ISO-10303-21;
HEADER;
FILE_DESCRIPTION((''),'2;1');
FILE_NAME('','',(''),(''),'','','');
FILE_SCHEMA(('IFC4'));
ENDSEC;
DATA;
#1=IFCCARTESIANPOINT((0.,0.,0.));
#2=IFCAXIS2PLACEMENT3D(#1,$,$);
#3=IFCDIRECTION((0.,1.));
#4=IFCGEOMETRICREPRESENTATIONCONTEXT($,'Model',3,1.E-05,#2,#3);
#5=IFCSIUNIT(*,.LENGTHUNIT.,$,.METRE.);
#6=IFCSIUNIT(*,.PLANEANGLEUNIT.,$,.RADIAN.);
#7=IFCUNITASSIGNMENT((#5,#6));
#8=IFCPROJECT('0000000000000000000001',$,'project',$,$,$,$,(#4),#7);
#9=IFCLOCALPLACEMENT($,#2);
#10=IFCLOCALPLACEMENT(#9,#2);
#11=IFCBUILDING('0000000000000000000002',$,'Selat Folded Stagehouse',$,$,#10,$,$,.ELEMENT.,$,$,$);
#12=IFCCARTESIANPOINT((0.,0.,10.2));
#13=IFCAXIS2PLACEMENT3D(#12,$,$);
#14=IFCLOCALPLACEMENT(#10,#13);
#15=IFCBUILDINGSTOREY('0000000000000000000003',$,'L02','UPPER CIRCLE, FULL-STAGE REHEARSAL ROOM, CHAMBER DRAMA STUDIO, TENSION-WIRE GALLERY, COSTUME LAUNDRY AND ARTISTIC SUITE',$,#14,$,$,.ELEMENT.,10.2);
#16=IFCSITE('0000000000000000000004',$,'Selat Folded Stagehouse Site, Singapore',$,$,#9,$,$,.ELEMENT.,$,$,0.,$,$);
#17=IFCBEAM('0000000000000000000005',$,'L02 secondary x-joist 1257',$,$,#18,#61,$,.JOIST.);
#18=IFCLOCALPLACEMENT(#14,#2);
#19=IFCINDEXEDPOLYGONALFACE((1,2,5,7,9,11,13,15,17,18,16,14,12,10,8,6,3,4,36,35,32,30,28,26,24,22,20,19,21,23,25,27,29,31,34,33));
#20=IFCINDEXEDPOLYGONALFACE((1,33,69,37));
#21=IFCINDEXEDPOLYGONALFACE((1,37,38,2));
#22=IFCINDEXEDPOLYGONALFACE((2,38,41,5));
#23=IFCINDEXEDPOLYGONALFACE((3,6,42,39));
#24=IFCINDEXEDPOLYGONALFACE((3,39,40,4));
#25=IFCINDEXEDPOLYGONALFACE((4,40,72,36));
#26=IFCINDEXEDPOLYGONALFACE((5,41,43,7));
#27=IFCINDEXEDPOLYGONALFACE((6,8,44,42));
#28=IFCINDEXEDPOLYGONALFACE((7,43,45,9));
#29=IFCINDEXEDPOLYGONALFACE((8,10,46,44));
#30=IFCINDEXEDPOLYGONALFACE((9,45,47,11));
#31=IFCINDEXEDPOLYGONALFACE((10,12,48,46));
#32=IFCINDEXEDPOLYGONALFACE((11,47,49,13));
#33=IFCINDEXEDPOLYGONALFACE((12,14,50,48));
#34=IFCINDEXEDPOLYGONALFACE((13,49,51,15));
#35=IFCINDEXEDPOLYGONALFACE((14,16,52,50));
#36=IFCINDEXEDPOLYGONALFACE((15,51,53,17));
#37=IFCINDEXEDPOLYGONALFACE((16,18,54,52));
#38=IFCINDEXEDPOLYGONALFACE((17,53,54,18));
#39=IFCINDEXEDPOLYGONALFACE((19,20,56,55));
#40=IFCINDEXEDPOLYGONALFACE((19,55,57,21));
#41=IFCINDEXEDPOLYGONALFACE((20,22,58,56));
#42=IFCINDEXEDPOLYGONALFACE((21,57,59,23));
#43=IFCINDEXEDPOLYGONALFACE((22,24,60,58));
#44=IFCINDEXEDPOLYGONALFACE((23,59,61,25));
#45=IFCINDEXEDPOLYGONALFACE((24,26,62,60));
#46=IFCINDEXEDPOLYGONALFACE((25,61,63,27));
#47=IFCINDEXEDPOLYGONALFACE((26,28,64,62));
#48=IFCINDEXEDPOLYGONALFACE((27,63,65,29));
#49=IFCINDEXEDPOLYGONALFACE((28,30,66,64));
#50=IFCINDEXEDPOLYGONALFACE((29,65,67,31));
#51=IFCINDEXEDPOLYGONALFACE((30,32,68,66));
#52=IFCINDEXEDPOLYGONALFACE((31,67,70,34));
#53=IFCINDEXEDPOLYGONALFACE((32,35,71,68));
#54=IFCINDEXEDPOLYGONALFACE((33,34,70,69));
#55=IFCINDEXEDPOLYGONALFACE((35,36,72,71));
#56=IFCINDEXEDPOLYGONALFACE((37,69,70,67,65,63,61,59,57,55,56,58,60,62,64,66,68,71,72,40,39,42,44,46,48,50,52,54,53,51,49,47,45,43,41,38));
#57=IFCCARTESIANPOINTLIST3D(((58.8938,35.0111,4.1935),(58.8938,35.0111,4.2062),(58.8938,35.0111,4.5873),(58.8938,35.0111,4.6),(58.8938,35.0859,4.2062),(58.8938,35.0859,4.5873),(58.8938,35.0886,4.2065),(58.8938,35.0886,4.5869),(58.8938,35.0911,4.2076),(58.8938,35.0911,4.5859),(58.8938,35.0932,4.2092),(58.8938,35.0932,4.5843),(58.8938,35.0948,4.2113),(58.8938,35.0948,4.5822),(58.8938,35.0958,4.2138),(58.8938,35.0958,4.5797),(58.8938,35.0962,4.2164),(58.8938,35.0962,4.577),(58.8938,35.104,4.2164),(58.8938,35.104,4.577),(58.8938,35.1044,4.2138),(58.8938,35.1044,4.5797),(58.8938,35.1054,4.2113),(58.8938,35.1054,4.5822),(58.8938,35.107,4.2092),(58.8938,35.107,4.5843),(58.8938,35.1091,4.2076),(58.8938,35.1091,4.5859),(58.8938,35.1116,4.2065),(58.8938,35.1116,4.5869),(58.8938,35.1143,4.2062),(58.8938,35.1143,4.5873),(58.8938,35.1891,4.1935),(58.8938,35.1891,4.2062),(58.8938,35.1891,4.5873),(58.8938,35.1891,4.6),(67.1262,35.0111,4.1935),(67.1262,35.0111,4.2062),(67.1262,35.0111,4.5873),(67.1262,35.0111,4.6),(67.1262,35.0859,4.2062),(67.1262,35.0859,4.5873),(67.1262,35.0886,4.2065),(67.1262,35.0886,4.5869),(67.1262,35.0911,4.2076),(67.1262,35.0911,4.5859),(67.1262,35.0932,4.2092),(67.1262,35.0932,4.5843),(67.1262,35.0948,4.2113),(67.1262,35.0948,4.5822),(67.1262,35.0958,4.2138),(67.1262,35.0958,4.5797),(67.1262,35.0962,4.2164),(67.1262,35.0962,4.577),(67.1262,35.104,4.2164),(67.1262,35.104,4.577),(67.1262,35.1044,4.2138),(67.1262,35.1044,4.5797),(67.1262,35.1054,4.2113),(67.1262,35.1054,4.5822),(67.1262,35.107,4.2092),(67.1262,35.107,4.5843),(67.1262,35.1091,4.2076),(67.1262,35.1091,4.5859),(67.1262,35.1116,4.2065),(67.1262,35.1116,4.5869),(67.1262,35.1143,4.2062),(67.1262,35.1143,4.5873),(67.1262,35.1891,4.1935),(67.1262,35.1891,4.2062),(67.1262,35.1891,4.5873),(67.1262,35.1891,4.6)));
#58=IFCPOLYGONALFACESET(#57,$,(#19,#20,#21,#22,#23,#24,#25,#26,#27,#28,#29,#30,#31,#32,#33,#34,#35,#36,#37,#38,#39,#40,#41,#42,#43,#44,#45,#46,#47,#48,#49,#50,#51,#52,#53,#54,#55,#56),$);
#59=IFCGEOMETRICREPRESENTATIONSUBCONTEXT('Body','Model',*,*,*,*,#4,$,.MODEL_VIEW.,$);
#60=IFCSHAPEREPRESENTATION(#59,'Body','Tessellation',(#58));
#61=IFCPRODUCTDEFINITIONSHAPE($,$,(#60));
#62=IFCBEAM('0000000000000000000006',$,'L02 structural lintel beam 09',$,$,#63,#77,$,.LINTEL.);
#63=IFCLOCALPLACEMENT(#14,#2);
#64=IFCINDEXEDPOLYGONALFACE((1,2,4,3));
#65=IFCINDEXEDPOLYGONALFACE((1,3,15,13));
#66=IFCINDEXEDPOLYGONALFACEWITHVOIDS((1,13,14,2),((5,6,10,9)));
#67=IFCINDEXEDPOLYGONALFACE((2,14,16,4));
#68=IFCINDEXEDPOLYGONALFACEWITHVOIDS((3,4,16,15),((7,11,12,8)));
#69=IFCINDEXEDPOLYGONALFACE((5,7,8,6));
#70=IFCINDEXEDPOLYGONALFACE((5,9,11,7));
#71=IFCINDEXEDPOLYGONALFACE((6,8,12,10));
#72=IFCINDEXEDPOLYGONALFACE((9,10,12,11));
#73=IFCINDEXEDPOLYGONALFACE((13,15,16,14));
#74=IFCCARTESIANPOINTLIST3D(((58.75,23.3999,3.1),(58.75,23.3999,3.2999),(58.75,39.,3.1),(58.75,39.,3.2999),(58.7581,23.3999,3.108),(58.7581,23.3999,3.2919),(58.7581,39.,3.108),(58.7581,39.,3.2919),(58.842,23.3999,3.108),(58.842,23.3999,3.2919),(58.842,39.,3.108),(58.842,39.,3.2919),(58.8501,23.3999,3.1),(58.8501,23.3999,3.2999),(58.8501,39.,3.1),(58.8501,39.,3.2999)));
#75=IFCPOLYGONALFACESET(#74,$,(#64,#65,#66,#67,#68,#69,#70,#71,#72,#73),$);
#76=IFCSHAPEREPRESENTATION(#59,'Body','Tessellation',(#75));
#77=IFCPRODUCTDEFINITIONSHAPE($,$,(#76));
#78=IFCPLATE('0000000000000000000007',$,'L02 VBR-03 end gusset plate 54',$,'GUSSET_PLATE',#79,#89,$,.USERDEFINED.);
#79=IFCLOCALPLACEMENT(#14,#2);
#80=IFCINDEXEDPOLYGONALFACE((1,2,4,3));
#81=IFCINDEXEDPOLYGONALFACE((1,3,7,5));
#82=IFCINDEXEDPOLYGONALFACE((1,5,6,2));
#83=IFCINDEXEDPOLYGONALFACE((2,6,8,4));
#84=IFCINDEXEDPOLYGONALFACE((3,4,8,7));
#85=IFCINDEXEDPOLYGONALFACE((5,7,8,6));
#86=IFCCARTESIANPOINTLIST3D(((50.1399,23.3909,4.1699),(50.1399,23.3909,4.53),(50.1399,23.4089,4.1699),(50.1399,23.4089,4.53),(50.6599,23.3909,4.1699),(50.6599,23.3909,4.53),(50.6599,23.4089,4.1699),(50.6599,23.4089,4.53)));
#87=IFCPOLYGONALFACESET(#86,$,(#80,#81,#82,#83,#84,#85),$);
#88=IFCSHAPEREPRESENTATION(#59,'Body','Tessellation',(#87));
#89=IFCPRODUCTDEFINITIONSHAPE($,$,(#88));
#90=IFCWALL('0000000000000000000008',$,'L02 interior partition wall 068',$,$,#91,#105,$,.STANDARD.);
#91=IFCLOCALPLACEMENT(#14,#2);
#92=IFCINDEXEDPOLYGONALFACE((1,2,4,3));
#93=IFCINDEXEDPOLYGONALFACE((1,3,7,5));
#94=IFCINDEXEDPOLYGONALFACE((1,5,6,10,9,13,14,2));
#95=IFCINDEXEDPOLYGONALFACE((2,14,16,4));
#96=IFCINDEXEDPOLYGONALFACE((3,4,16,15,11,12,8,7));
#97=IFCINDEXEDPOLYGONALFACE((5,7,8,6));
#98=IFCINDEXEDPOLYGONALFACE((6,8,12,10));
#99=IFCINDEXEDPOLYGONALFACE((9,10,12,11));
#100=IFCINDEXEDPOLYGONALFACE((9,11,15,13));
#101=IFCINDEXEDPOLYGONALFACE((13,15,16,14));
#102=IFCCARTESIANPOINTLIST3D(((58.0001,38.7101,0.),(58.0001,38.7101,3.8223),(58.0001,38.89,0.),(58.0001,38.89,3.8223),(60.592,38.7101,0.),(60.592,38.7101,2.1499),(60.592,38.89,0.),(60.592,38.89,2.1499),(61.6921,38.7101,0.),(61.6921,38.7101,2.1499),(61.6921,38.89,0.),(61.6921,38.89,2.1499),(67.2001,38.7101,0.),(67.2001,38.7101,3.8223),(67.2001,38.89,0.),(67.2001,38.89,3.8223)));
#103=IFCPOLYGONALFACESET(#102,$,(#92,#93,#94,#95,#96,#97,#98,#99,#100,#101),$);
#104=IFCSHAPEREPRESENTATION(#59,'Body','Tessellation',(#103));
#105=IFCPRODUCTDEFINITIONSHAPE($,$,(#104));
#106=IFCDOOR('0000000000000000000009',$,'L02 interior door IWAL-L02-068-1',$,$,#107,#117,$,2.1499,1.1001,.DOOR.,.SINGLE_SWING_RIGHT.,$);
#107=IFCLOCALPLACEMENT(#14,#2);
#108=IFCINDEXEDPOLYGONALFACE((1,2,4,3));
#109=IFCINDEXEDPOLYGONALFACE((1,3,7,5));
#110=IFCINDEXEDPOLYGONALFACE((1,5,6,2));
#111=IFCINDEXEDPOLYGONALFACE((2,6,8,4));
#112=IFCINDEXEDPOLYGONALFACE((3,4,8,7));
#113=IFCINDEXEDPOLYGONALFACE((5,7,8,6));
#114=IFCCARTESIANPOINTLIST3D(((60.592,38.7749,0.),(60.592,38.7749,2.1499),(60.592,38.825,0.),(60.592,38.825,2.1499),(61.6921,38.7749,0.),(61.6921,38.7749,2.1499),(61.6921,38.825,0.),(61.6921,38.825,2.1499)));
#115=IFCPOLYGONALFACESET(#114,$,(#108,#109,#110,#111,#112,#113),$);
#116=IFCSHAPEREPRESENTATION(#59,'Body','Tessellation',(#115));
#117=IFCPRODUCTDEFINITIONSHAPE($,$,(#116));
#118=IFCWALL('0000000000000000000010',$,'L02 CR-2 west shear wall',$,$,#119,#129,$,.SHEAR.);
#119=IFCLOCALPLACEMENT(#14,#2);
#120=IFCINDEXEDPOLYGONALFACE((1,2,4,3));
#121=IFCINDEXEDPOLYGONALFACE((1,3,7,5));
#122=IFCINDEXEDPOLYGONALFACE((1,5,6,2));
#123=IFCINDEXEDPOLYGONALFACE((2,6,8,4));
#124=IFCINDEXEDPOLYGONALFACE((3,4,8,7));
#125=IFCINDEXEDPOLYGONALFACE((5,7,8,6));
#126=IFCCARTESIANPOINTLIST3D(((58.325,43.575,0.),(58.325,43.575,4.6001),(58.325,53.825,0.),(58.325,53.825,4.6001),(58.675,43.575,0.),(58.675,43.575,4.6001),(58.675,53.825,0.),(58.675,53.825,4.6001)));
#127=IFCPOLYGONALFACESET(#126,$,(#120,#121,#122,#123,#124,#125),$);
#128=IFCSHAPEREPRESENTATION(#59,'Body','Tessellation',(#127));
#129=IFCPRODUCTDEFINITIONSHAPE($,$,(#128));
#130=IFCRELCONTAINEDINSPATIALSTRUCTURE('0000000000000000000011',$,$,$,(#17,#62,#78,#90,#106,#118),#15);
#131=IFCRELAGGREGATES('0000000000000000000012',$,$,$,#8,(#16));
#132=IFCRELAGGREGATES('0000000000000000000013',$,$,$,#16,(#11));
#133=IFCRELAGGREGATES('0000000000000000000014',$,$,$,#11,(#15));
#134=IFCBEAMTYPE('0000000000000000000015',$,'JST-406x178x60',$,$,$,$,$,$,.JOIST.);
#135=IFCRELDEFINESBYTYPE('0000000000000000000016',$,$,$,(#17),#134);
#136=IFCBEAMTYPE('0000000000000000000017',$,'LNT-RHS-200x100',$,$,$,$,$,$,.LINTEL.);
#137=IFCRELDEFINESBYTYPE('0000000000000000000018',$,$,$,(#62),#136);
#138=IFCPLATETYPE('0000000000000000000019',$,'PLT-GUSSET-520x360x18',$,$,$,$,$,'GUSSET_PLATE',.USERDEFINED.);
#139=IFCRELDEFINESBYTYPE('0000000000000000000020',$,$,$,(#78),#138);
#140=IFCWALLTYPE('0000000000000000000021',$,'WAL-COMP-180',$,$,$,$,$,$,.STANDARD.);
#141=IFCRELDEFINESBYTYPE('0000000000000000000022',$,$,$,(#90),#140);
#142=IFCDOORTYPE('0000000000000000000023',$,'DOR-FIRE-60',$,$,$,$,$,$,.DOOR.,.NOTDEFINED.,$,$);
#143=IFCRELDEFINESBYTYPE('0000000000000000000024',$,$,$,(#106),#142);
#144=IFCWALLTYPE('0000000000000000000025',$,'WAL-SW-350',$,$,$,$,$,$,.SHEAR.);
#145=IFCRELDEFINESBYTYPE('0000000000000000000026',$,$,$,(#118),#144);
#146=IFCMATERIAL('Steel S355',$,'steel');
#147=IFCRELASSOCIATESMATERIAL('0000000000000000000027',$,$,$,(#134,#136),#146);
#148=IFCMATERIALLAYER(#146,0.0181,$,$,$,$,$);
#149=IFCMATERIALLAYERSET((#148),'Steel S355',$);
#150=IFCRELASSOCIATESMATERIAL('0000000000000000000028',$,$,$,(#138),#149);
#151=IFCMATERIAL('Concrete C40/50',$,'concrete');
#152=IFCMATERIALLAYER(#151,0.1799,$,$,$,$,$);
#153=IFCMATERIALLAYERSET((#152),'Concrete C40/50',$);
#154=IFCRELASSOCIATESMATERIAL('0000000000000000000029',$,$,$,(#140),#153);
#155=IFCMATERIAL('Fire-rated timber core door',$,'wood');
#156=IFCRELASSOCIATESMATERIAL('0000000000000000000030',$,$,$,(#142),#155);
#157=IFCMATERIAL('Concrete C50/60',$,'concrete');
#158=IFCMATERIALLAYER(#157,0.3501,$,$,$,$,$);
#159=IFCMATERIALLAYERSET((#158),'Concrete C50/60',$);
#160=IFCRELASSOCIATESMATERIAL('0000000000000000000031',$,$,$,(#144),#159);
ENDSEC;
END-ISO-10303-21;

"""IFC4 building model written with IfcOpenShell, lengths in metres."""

from ifc_helpers import new_model, si_unit, direction, frame, frame_2d, origin, origin_2d, place, context, subcontext, project, spatial, rectangle, hollow_rectangle, i_section, extrude, material, layer, layer_set, material_profile, profile_set, type_object, element, fill, save


model = new_model("IFC4")

# Units and contexts
model_context = context("Model", 3, precision=1e-05, world=origin(), true_north=direction((0.0, 1.0)))
body_context = subcontext(model_context, "Body", "Model", "MODEL_VIEW")
ifc_project = project(units=[si_unit("LENGTHUNIT", "METRE"), si_unit("PLANEANGLEUNIT", "RADIAN")], contexts=[model_context])

# Site, building, storey
site_placement = place(None, origin())
site = spatial("IfcSite", under=ifc_project, at=site_placement, Name="Selat Folded Stagehouse Site, Singapore", CompositionType="ELEMENT", RefElevation=0.0)
building_placement = place(site_placement, origin())
building = spatial("IfcBuilding", under=site, at=building_placement, Name="Selat Folded Stagehouse", CompositionType="ELEMENT")
storey_placement = place(building_placement, frame((0.0, 0.0, 10.2)))
storey = spatial("IfcBuildingStorey", under=building, at=storey_placement, Name="L02", Description="UPPER CIRCLE, FULL-STAGE REHEARSAL ROOM, CHAMBER DRAMA STUDIO, TENSION-WIRE GALLERY, COSTUME LAUNDRY AND ARTISTIC SUITE", CompositionType="ELEMENT", Elevation=10.2)

# Shared definitions
ifc_material_1 = material(Name="Steel S355", Category="steel")

# Beams
ifc_material_profile_1 = material_profile(ifc_material_1, i_section(OverallWidth=0.178, OverallDepth=0.4065, WebThickness=0.0078, FlangeThickness=0.0127, FilletRadius=0.0103, at=origin_2d()), Name="UKB 406x178x60")
ifc_profile_set_1 = profile_set([ifc_material_profile_1], Name="Steel S355")
beam_type_1 = type_object("IfcBeamType", Name="JST-406x178x60", PredefinedType="JOIST", material=ifc_profile_set_1)
for number, where, z_axis, x_axis, name in (
    (1, (58.8938, 35.1001, 4.3967), (1.0, 0.0, 0.0), (0.0, 1.0, 0.0), "L02 secondary x-joist 1257"),
):
    element("IfcBeam", number, at=place(storey_placement, frame(where, z_axis=z_axis, x_axis=x_axis)), inside=storey, type_object=beam_type_1, Name=name, PredefinedType="JOIST", context=body_context, shape_type="SweptSolid", body=[
        extrude(i_section(OverallWidth=0.178, OverallDepth=0.4065, WebThickness=0.0078, FlangeThickness=0.0127, FilletRadius=0.0103, at=origin_2d()), origin(), (0.0, 0.0, 1.0), 8.2324),
    ])
ifc_material_profile_2 = material_profile(ifc_material_1, hollow_rectangle(XDim=0.1001, YDim=0.2, WallThickness=0.0081, at=origin_2d()), Name="RHS 200x100x8.0")
ifc_profile_set_2 = profile_set([ifc_material_profile_2], Name="Steel S355")
beam_type_2 = type_object("IfcBeamType", Name="LNT-RHS-200x100", PredefinedType="LINTEL", material=ifc_profile_set_2)
beam_1_placement = place(storey_placement, frame((58.8, 23.3999, 3.2), z_axis=(0.0, 1.0, 0.0), x_axis=(-1.0, 0.0, 0.0)))
element("IfcBeam", 2, at=beam_1_placement, inside=storey, type_object=beam_type_2, Name="L02 structural lintel beam 09", PredefinedType="LINTEL", context=body_context, shape_type="SweptSolid", body=[
    extrude(hollow_rectangle(XDim=0.1001, YDim=0.2, WallThickness=0.0081, at=origin_2d()), origin(), (0.0, 0.0, 1.0), 15.6001),
])

# Plate
ifc_layer_1 = layer(ifc_material_1, 0.0181)
ifc_layer_set_1 = layer_set([ifc_layer_1], Name="Steel S355")
plate_type = type_object("IfcPlateType", Name="PLT-GUSSET-520x360x18", ElementType="GUSSET_PLATE", PredefinedType="USERDEFINED", material=ifc_layer_set_1)
plate_placement = place(storey_placement, frame((50.3999, 23.3999, 4.1699), z_axis=(0.0, 0.0, 1.0), x_axis=(1.0, 0.0, 0.0)))
element("IfcPlate", 3, at=plate_placement, inside=storey, type_object=plate_type, Name="L02 VBR-03 end gusset plate 54", ObjectType="GUSSET_PLATE", PredefinedType="USERDEFINED", context=body_context, shape_type="SweptSolid", body=[
    extrude(rectangle(XDim=0.52, YDim=0.0181, at=origin_2d()), origin(), (0.0, 0.0, 1.0), 0.3601),
])

# Wall, opening, door
ifc_material_2 = material(Name="Concrete C40/50", Category="concrete")
ifc_layer_2 = layer(ifc_material_2, 0.1799)
ifc_layer_set_2 = layer_set([ifc_layer_2], Name="Concrete C40/50")
wall_type_1 = type_object("IfcWallType", Name="WAL-COMP-180", PredefinedType="STANDARD", material=ifc_layer_set_2)
wall_1_placement = place(storey_placement, frame((58.0, 38.8, 0.0), z_axis=(0.0, 0.0, 1.0), x_axis=(1.0, 0.0, 0.0)))
wall_1 = element("IfcWall", 4, at=wall_1_placement, inside=storey, type_object=wall_type_1, Name="L02 interior partition wall 068", PredefinedType="STANDARD", context=body_context, shape_type="SweptSolid", body=[
    extrude(rectangle(XDim=9.2, YDim=0.1799, at=frame_2d((4.6001, 0.0))), origin(), (0.0, 0.0, 1.0), 3.8223),
])
opening_placement = place(wall_1_placement, frame((2.592, 0.0, 0.0)))
opening = element("IfcOpeningElement", 5, at=opening_placement, cuts=wall_1, PredefinedType="OPENING", context=body_context, shape_type="SweptSolid", body=[
    extrude(rectangle(XDim=1.1001, YDim=2.1499, at=frame_2d((0.55, 1.075))), frame((0.0, 0.0999, 0.0), z_axis=(0.0, -1.0, 0.0), x_axis=(1.0, 0.0, 0.0)), (0.0, 0.0, 1.0), 0.2),
])
ifc_material_3 = material(Name="Fire-rated timber core door", Category="wood")
door_type = type_object("IfcDoorType", Name="DOR-FIRE-60", OperationType="NOTDEFINED", PredefinedType="DOOR", material=ifc_material_3)
door_placement = place(opening_placement, origin())
door = element("IfcDoor", 6, at=door_placement, inside=storey, type_object=door_type, Name="L02 interior door IWAL-L02-068-1", OperationType="SINGLE_SWING_RIGHT", OverallHeight=2.1499, OverallWidth=1.1001, PredefinedType="DOOR", context=body_context, shape_type="SweptSolid", body=[
    extrude(rectangle(XDim=1.1001, YDim=2.1499, at=frame_2d((0.55, 1.075))), frame((0.0, 0.0249, 0.0), z_axis=(0.0, -1.0, 0.0), x_axis=(1.0, 0.0, 0.0)), (0.0, 0.0, 1.0), 0.05),
])
fill(opening, door)

# Wall
ifc_material_4 = material(Name="Concrete C50/60", Category="concrete")
ifc_layer_3 = layer(ifc_material_4, 0.3501)
ifc_layer_set_3 = layer_set([ifc_layer_3], Name="Concrete C50/60")
wall_type_2 = type_object("IfcWallType", Name="WAL-SW-350", PredefinedType="SHEAR", material=ifc_layer_set_3)
wall_2_placement = place(storey_placement, frame((58.5, 43.575, 0.0), z_axis=(0.0, 0.0, 1.0), x_axis=(0.0, 1.0, 0.0)))
element("IfcWall", 7, at=wall_2_placement, inside=storey, type_object=wall_type_2, Name="L02 CR-2 west shear wall", PredefinedType="SHEAR", context=body_context, shape_type="SweptSolid", body=[
    extrude(rectangle(XDim=10.25, YDim=0.3501, at=frame_2d((5.125, 0.0))), origin(), (0.0, 0.0, 1.0), 4.6001),
])

save(model, "model.ifc")
